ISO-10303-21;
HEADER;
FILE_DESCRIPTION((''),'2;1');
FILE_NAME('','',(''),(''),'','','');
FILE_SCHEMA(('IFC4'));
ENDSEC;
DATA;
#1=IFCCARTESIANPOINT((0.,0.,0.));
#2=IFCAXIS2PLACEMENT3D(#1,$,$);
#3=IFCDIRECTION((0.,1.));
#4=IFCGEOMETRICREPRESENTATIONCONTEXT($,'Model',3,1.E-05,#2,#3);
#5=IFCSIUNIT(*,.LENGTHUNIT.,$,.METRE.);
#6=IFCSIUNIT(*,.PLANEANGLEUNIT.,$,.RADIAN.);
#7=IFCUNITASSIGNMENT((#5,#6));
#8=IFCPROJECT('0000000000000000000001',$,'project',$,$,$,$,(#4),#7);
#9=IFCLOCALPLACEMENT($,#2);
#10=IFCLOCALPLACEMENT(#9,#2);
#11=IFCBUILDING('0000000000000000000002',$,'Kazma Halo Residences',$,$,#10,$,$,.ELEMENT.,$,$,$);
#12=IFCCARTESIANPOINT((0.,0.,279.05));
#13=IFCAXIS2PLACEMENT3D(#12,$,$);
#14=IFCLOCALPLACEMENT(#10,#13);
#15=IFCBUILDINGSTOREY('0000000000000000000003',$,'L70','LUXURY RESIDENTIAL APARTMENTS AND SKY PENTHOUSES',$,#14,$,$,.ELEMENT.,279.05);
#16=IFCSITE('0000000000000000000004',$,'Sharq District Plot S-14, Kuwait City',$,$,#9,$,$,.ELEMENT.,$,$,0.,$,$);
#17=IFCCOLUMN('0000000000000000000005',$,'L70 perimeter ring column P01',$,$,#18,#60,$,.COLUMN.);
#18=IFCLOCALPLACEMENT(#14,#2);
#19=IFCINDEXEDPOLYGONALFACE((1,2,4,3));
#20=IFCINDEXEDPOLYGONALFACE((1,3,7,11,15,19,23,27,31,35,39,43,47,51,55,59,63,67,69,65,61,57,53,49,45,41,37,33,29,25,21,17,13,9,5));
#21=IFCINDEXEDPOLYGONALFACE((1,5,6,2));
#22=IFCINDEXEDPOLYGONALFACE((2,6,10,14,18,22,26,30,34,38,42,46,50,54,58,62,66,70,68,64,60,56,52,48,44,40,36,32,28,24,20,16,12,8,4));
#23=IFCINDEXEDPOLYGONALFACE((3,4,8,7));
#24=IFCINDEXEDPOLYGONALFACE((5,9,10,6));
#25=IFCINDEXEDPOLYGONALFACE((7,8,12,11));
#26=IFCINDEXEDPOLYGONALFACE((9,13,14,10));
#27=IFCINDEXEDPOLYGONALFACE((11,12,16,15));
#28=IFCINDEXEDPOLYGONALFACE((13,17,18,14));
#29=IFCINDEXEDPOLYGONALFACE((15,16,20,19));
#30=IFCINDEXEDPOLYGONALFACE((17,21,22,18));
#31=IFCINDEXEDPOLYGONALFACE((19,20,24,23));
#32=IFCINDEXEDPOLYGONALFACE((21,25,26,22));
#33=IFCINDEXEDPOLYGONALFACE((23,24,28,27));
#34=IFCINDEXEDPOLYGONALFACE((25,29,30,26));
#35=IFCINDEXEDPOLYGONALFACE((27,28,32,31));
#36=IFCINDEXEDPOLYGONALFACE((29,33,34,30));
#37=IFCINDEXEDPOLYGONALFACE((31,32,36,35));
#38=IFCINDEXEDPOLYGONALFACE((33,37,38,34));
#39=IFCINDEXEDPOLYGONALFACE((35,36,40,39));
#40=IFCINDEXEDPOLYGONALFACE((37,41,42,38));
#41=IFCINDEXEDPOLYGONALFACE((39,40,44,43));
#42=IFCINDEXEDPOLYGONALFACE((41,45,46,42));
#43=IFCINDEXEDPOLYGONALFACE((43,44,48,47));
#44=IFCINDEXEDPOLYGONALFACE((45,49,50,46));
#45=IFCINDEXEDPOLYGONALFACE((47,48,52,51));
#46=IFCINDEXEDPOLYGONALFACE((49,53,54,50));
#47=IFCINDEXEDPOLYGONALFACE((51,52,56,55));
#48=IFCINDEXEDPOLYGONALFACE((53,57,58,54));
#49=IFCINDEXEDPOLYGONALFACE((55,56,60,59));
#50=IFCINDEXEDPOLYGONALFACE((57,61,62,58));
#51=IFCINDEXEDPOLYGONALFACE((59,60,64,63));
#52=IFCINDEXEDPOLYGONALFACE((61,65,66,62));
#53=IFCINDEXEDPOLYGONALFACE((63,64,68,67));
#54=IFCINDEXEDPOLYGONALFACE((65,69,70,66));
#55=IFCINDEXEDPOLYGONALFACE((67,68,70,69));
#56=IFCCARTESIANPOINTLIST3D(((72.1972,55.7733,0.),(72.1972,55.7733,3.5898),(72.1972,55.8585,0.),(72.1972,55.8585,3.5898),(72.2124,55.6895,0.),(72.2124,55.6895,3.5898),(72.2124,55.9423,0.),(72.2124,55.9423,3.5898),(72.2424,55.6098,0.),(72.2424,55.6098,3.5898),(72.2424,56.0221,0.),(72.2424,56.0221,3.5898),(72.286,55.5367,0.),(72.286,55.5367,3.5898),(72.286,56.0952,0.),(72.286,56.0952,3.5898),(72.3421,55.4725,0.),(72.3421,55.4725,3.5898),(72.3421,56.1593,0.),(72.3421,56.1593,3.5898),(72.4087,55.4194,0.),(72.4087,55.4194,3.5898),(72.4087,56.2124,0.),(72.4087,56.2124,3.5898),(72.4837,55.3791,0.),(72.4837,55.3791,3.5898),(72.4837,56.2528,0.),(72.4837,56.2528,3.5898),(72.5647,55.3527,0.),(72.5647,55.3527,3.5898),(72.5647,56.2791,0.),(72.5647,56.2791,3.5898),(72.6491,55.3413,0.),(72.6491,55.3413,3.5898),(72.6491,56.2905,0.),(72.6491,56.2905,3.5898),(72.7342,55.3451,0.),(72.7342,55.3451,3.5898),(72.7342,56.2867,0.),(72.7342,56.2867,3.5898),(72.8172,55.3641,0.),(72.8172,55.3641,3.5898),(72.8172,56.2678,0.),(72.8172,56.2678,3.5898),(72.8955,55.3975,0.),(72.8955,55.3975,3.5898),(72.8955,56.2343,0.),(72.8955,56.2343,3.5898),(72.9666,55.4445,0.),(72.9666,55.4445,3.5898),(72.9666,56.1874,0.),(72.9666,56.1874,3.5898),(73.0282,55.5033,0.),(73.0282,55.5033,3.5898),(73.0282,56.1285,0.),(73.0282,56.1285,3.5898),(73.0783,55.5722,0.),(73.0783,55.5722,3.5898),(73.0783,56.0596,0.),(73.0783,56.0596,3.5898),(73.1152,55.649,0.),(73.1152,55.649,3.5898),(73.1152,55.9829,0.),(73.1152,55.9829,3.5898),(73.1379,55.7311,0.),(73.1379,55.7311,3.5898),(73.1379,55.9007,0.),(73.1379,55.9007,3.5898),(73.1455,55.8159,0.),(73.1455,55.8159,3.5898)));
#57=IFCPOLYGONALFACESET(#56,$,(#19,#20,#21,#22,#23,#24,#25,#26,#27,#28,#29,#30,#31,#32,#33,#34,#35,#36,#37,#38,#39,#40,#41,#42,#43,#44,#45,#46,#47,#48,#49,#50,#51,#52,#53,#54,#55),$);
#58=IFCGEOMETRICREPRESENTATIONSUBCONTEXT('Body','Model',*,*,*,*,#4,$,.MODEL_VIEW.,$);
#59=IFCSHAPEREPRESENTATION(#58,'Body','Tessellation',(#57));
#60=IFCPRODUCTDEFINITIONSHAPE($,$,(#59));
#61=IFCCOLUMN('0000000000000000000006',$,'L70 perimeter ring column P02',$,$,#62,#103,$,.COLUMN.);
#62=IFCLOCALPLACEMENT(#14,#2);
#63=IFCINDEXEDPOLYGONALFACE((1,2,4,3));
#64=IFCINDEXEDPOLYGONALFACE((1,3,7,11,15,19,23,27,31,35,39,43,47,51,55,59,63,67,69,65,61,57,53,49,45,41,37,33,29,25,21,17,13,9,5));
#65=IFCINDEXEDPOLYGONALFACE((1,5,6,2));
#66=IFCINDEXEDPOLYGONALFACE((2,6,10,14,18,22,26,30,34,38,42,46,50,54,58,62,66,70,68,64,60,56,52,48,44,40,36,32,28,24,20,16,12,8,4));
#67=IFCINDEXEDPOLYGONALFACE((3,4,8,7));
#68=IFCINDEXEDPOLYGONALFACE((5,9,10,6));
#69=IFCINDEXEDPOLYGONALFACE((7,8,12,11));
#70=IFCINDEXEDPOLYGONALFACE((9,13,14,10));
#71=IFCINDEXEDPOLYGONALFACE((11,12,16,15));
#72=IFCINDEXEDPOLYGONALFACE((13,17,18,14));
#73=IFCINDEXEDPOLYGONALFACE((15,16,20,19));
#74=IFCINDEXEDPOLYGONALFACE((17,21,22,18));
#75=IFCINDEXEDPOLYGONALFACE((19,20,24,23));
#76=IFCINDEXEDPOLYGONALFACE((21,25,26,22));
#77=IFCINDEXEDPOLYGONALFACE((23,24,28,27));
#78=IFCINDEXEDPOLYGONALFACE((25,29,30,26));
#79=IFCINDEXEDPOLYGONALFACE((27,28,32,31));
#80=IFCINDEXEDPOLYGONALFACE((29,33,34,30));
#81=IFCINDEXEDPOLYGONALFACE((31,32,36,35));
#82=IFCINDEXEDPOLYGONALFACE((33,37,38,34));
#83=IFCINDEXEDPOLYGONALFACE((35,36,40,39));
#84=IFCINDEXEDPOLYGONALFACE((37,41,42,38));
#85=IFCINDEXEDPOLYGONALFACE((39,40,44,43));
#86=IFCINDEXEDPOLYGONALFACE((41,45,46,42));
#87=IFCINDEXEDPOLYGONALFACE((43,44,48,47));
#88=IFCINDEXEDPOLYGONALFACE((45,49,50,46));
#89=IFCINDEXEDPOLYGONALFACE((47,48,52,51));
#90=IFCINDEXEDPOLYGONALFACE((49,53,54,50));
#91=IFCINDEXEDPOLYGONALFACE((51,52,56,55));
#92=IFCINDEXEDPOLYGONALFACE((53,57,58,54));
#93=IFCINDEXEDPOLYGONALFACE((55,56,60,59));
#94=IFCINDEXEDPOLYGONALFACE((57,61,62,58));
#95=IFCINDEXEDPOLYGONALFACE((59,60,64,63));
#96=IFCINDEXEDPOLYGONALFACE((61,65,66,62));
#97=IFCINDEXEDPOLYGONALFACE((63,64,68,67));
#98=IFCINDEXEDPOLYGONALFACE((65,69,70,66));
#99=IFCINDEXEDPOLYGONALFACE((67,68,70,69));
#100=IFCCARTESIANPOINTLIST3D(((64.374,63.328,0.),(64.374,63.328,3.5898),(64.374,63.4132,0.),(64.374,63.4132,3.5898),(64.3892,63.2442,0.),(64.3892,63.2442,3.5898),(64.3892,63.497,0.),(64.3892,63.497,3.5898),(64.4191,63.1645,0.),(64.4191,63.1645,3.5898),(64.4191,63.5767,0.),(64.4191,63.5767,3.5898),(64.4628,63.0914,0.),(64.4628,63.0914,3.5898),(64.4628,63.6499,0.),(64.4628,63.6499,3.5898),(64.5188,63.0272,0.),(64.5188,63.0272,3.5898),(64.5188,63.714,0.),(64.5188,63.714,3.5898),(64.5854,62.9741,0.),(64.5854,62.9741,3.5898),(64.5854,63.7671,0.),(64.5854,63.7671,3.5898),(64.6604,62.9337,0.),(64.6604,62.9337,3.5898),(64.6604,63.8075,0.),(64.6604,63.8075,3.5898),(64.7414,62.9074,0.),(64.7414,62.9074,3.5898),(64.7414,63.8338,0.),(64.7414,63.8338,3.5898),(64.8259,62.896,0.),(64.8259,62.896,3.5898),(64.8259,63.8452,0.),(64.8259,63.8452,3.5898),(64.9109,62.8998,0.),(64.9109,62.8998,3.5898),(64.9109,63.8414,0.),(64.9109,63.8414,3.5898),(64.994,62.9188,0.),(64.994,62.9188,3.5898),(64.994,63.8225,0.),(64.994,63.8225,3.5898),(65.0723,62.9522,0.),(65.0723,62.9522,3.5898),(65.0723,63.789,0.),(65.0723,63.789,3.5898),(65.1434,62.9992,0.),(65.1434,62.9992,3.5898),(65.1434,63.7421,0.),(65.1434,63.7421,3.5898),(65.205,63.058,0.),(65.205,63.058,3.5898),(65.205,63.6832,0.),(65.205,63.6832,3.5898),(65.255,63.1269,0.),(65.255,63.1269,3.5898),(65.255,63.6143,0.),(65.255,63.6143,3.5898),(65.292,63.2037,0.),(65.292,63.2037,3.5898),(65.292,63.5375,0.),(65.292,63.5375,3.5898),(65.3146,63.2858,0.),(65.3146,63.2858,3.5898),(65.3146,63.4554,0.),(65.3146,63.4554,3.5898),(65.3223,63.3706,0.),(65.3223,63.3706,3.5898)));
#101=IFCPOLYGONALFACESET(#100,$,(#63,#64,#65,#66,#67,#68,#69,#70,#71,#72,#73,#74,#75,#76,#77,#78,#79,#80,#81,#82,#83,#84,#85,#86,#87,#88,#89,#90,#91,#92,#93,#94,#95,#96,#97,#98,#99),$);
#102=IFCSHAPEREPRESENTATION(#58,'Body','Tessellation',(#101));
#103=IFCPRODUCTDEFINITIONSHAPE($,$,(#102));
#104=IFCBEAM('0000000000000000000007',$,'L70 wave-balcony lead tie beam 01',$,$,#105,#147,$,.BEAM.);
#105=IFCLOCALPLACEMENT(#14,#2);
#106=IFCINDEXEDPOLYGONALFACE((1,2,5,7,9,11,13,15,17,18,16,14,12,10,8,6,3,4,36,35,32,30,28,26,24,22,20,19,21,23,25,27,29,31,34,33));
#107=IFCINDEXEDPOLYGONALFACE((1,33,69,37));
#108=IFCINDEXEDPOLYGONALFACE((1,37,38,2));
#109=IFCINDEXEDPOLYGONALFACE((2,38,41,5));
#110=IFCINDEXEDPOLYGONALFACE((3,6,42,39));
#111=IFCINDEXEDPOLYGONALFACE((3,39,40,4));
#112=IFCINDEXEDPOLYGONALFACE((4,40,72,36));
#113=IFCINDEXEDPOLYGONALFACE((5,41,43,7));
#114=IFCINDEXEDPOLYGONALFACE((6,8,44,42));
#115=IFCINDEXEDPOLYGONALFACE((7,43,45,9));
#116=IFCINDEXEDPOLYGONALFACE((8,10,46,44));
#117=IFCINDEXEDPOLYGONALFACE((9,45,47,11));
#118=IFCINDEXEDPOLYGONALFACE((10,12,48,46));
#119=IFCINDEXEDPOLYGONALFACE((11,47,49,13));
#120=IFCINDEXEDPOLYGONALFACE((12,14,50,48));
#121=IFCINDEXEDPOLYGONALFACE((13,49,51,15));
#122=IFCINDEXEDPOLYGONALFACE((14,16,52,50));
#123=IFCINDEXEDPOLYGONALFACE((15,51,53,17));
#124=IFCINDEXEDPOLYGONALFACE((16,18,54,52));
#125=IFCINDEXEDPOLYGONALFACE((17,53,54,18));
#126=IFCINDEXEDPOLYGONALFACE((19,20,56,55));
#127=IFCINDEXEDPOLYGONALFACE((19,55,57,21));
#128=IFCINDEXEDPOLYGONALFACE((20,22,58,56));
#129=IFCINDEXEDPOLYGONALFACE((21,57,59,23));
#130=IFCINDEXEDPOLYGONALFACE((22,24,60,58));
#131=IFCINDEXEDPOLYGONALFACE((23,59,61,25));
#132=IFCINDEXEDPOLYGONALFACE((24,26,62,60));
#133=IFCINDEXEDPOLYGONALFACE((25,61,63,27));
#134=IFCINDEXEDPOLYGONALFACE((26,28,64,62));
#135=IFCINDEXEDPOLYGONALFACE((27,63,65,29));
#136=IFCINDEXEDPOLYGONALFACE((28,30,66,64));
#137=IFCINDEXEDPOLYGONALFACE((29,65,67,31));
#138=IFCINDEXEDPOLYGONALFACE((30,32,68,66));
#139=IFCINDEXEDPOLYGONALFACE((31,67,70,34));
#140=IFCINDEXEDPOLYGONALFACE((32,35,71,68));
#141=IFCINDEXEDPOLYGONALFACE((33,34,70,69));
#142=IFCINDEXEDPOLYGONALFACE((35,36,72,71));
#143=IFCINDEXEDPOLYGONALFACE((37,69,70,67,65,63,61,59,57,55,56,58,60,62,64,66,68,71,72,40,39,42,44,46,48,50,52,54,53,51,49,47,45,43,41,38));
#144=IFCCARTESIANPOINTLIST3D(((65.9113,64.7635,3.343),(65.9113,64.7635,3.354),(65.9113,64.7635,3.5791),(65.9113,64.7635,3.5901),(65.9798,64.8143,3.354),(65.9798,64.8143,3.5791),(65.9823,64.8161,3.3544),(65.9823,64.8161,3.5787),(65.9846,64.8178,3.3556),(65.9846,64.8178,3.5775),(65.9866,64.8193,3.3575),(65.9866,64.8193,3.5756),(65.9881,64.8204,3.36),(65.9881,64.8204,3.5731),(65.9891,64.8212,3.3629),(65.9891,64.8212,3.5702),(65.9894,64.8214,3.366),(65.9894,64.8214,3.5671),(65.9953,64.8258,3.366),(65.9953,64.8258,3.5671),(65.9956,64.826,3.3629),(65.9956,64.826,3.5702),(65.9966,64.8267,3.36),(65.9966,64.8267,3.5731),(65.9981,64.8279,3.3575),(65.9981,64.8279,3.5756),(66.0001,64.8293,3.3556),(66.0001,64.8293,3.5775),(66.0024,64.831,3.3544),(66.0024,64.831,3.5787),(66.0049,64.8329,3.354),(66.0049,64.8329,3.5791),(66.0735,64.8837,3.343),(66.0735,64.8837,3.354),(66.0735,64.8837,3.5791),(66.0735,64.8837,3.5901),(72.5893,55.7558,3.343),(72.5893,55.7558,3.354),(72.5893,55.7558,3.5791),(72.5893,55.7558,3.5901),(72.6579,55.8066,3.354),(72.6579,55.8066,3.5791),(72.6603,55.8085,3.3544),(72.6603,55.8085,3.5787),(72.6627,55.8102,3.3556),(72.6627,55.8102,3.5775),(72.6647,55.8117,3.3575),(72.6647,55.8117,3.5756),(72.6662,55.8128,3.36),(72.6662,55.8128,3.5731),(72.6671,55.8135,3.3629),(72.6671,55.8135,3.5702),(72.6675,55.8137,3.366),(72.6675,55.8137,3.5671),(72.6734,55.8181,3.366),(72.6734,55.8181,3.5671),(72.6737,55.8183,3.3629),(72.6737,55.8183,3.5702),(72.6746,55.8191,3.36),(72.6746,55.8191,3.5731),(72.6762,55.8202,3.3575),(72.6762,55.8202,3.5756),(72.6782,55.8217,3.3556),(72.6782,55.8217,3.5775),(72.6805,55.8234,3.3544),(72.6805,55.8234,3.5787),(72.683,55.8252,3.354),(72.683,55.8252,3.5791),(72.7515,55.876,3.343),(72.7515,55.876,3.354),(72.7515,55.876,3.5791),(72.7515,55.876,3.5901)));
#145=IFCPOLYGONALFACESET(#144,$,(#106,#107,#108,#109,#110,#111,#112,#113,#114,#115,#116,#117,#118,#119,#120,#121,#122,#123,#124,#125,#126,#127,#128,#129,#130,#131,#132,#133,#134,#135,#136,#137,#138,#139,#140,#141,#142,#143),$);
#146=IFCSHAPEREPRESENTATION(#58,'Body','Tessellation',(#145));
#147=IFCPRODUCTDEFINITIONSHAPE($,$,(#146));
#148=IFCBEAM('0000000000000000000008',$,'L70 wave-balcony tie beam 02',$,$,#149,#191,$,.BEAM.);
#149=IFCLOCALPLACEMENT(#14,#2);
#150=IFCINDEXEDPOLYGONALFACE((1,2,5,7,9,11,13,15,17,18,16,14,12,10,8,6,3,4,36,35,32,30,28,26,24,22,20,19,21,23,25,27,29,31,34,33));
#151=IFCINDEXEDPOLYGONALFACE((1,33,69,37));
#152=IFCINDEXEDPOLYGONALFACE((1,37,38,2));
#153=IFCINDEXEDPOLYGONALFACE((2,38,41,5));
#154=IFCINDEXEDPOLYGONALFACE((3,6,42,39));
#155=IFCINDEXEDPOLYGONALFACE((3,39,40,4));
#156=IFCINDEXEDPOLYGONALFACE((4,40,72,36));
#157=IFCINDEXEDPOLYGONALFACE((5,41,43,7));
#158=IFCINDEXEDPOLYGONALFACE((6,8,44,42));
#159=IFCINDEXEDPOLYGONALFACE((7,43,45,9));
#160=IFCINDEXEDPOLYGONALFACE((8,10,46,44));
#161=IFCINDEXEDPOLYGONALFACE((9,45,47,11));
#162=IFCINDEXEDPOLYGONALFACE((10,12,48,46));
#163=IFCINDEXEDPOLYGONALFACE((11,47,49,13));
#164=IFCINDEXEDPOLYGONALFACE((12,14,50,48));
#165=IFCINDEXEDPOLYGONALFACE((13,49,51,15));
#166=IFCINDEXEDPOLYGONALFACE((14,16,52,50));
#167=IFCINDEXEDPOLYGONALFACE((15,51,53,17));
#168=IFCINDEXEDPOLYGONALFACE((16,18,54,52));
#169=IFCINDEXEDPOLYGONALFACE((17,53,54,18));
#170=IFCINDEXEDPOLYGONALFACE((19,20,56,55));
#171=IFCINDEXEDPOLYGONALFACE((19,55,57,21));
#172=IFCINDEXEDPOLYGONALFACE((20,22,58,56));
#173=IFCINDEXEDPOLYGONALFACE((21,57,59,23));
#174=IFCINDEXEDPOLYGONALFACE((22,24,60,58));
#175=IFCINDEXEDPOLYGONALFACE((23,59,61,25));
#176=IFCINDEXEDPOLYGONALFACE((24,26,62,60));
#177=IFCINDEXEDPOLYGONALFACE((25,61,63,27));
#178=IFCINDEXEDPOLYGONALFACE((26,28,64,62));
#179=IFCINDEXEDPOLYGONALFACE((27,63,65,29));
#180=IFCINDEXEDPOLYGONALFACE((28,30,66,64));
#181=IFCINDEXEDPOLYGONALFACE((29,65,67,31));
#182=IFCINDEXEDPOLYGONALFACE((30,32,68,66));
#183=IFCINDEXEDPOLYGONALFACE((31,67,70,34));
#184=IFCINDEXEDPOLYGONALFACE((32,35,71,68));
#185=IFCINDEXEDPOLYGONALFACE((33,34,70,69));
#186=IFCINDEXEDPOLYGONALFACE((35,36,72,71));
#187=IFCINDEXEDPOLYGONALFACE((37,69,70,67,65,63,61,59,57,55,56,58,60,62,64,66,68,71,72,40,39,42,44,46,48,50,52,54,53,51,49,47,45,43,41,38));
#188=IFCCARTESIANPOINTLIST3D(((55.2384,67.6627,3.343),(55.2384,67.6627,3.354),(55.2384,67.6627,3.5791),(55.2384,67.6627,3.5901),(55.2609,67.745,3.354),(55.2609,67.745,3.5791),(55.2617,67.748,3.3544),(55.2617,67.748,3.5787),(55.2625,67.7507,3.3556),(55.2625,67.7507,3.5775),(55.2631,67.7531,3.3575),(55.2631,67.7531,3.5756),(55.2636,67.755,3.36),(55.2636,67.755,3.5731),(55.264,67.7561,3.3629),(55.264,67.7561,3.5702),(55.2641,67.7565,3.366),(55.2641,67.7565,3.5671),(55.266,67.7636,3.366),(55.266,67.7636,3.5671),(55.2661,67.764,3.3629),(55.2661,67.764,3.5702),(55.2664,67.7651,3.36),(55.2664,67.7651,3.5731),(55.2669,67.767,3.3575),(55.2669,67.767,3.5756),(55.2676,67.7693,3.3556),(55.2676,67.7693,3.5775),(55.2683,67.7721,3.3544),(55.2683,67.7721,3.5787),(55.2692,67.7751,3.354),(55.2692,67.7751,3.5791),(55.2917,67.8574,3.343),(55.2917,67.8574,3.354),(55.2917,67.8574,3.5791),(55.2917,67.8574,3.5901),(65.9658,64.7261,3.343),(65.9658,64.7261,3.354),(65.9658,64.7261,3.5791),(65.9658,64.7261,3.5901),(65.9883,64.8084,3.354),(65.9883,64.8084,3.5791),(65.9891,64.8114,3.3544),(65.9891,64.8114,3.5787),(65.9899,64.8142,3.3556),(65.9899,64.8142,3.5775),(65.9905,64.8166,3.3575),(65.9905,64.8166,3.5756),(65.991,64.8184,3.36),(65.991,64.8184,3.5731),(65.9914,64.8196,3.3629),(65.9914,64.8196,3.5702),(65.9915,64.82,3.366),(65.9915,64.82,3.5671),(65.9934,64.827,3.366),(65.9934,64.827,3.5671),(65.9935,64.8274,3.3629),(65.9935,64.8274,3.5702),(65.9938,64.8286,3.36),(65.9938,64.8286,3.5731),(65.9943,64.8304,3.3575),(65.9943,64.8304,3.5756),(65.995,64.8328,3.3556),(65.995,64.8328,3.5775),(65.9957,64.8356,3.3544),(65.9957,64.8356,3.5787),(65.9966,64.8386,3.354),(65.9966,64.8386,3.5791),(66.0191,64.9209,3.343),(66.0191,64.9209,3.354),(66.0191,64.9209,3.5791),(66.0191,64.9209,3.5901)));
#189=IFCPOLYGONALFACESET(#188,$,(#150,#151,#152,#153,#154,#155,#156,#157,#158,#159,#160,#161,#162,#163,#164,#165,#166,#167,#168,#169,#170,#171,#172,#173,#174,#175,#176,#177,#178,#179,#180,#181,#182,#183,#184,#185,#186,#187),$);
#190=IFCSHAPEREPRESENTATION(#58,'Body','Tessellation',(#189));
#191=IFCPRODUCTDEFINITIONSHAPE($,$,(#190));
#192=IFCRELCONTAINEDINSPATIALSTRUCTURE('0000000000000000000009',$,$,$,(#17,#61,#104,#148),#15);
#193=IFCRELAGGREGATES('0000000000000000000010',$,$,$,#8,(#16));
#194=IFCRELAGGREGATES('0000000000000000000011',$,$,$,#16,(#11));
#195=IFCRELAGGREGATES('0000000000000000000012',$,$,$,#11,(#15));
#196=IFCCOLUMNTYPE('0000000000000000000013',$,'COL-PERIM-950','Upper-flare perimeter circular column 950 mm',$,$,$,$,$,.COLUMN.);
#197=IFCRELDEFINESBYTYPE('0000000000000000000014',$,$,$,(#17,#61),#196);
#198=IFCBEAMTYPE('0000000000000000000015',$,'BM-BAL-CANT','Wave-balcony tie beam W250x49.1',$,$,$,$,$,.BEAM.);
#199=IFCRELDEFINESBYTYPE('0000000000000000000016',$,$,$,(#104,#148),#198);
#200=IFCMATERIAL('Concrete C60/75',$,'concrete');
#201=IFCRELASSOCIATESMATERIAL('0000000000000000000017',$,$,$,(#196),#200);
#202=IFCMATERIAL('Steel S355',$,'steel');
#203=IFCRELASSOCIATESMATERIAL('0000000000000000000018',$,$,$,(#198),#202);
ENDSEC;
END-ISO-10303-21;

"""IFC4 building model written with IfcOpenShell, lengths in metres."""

from ifc_helpers import new_model, si_unit, direction, frame, origin, origin_2d, place, context, subcontext, project, spatial, circle, i_section, extrude, material, material_profile, profile_set, type_object, element, save


model = new_model("IFC4")

# Units and contexts
model_context = context("Model", 3, precision=1e-05, world=origin(), true_north=direction((0.0, 1.0)))
body_context = subcontext(model_context, "Body", "Model", "MODEL_VIEW")
ifc_project = project(units=[si_unit("LENGTHUNIT", "METRE"), si_unit("PLANEANGLEUNIT", "RADIAN")], contexts=[model_context])

# Site, building, storey
site_placement = place(None, origin())
site = spatial("IfcSite", under=ifc_project, at=site_placement, Name="Sharq District Plot S-14, Kuwait City", CompositionType="ELEMENT", RefElevation=0.0)
building_placement = place(site_placement, origin())
building = spatial("IfcBuilding", under=site, at=building_placement, Name="Kazma Halo Residences", CompositionType="ELEMENT")
storey_placement = place(building_placement, frame((0.0, 0.0, 279.05)))
storey = spatial("IfcBuildingStorey", under=building, at=storey_placement, Name="L70", Description="LUXURY RESIDENTIAL APARTMENTS AND SKY PENTHOUSES", CompositionType="ELEMENT", Elevation=279.05)

# Columns
ifc_material_1 = material(Name="Concrete C60/75", Category="concrete")
ifc_material_profile_1 = material_profile(ifc_material_1, circle(Radius=0.4751, at=origin_2d()), Name="CIRC950")
ifc_profile_set_1 = profile_set([ifc_material_profile_1], Name="Concrete C60/75")
column_type = type_object("IfcColumnType", Name="COL-PERIM-950", Description="Upper-flare perimeter circular column 950 mm", PredefinedType="COLUMN", material=ifc_profile_set_1)
for number, where, z_axis, x_axis, name in (
    (1, (72.6704, 55.8159, 0.0), (0.0, 0.0, 1.0), (1.0, 0.0, 0.0), "L70 perimeter ring column P01"),
    (2, (64.8472, 63.3706, 0.0), (0.0, 0.0, 1.0), (1.0, 0.0, 0.0), "L70 perimeter ring column P02"),
):
    element("IfcColumn", number, at=place(storey_placement, frame(where, z_axis=z_axis, x_axis=x_axis)), inside=storey, type_object=column_type, Name=name, PredefinedType="COLUMN", context=body_context, shape_type="SweptSolid", body=[
        extrude(circle(Radius=0.4751, at=origin_2d()), origin(), (0.0, 0.0, 1.0), 3.5898),
    ])

# Beams
ifc_material_2 = material(Name="Steel S355", Category="steel")
ifc_material_profile_2 = material_profile(ifc_material_2, i_section(OverallWidth=0.2019, OverallDepth=0.2471, WebThickness=0.0073, FlangeThickness=0.011, FilletRadius=0.012, at=origin_2d()), Name="W250x49.1")
ifc_profile_set_2 = profile_set([ifc_material_profile_2], Name="Steel S355")
beam_type_1 = type_object("IfcBeamType", Name="BM-BAL-CANT", Description="Wave-balcony tie beam W250x49.1", PredefinedType="BEAM", material=ifc_profile_set_2)
beam_1_placement = place(storey_placement, frame((72.6704, 55.8159, 3.4666), z_axis=(-0.595556, 0.803314, 0.0), x_axis=(-0.803314, -0.595556, 0.0)))
element("IfcBeam", 3, at=beam_1_placement, inside=storey, type_object=beam_type_1, Name="L70 wave-balcony lead tie beam 01", PredefinedType="BEAM", context=body_context, shape_type="SweptSolid", body=[
    extrude(i_section(OverallWidth=0.2019, OverallDepth=0.2471, WebThickness=0.0073, FlangeThickness=0.011, FilletRadius=0.012, at=origin_2d()), origin(), (0.0, 0.0, 1.0), 11.2131),
])
beam_2_placement = place(storey_placement, frame((65.9924, 64.8235, 3.4666), z_axis=(-0.964515, 0.264029, 0.0), x_axis=(-0.264029, -0.964515, 0.0)))
element("IfcBeam", 4, at=beam_2_placement, inside=storey, type_object=beam_type_1, Name="L70 wave-balcony tie beam 02", PredefinedType="BEAM", context=body_context, shape_type="SweptSolid", body=[
    extrude(i_section(OverallWidth=0.2019, OverallDepth=0.2471, WebThickness=0.0073, FlangeThickness=0.011, FilletRadius=0.012, at=origin_2d()), origin(), (0.0, 0.0, 1.0), 11.1221),
])

save(model, "model.ifc")
